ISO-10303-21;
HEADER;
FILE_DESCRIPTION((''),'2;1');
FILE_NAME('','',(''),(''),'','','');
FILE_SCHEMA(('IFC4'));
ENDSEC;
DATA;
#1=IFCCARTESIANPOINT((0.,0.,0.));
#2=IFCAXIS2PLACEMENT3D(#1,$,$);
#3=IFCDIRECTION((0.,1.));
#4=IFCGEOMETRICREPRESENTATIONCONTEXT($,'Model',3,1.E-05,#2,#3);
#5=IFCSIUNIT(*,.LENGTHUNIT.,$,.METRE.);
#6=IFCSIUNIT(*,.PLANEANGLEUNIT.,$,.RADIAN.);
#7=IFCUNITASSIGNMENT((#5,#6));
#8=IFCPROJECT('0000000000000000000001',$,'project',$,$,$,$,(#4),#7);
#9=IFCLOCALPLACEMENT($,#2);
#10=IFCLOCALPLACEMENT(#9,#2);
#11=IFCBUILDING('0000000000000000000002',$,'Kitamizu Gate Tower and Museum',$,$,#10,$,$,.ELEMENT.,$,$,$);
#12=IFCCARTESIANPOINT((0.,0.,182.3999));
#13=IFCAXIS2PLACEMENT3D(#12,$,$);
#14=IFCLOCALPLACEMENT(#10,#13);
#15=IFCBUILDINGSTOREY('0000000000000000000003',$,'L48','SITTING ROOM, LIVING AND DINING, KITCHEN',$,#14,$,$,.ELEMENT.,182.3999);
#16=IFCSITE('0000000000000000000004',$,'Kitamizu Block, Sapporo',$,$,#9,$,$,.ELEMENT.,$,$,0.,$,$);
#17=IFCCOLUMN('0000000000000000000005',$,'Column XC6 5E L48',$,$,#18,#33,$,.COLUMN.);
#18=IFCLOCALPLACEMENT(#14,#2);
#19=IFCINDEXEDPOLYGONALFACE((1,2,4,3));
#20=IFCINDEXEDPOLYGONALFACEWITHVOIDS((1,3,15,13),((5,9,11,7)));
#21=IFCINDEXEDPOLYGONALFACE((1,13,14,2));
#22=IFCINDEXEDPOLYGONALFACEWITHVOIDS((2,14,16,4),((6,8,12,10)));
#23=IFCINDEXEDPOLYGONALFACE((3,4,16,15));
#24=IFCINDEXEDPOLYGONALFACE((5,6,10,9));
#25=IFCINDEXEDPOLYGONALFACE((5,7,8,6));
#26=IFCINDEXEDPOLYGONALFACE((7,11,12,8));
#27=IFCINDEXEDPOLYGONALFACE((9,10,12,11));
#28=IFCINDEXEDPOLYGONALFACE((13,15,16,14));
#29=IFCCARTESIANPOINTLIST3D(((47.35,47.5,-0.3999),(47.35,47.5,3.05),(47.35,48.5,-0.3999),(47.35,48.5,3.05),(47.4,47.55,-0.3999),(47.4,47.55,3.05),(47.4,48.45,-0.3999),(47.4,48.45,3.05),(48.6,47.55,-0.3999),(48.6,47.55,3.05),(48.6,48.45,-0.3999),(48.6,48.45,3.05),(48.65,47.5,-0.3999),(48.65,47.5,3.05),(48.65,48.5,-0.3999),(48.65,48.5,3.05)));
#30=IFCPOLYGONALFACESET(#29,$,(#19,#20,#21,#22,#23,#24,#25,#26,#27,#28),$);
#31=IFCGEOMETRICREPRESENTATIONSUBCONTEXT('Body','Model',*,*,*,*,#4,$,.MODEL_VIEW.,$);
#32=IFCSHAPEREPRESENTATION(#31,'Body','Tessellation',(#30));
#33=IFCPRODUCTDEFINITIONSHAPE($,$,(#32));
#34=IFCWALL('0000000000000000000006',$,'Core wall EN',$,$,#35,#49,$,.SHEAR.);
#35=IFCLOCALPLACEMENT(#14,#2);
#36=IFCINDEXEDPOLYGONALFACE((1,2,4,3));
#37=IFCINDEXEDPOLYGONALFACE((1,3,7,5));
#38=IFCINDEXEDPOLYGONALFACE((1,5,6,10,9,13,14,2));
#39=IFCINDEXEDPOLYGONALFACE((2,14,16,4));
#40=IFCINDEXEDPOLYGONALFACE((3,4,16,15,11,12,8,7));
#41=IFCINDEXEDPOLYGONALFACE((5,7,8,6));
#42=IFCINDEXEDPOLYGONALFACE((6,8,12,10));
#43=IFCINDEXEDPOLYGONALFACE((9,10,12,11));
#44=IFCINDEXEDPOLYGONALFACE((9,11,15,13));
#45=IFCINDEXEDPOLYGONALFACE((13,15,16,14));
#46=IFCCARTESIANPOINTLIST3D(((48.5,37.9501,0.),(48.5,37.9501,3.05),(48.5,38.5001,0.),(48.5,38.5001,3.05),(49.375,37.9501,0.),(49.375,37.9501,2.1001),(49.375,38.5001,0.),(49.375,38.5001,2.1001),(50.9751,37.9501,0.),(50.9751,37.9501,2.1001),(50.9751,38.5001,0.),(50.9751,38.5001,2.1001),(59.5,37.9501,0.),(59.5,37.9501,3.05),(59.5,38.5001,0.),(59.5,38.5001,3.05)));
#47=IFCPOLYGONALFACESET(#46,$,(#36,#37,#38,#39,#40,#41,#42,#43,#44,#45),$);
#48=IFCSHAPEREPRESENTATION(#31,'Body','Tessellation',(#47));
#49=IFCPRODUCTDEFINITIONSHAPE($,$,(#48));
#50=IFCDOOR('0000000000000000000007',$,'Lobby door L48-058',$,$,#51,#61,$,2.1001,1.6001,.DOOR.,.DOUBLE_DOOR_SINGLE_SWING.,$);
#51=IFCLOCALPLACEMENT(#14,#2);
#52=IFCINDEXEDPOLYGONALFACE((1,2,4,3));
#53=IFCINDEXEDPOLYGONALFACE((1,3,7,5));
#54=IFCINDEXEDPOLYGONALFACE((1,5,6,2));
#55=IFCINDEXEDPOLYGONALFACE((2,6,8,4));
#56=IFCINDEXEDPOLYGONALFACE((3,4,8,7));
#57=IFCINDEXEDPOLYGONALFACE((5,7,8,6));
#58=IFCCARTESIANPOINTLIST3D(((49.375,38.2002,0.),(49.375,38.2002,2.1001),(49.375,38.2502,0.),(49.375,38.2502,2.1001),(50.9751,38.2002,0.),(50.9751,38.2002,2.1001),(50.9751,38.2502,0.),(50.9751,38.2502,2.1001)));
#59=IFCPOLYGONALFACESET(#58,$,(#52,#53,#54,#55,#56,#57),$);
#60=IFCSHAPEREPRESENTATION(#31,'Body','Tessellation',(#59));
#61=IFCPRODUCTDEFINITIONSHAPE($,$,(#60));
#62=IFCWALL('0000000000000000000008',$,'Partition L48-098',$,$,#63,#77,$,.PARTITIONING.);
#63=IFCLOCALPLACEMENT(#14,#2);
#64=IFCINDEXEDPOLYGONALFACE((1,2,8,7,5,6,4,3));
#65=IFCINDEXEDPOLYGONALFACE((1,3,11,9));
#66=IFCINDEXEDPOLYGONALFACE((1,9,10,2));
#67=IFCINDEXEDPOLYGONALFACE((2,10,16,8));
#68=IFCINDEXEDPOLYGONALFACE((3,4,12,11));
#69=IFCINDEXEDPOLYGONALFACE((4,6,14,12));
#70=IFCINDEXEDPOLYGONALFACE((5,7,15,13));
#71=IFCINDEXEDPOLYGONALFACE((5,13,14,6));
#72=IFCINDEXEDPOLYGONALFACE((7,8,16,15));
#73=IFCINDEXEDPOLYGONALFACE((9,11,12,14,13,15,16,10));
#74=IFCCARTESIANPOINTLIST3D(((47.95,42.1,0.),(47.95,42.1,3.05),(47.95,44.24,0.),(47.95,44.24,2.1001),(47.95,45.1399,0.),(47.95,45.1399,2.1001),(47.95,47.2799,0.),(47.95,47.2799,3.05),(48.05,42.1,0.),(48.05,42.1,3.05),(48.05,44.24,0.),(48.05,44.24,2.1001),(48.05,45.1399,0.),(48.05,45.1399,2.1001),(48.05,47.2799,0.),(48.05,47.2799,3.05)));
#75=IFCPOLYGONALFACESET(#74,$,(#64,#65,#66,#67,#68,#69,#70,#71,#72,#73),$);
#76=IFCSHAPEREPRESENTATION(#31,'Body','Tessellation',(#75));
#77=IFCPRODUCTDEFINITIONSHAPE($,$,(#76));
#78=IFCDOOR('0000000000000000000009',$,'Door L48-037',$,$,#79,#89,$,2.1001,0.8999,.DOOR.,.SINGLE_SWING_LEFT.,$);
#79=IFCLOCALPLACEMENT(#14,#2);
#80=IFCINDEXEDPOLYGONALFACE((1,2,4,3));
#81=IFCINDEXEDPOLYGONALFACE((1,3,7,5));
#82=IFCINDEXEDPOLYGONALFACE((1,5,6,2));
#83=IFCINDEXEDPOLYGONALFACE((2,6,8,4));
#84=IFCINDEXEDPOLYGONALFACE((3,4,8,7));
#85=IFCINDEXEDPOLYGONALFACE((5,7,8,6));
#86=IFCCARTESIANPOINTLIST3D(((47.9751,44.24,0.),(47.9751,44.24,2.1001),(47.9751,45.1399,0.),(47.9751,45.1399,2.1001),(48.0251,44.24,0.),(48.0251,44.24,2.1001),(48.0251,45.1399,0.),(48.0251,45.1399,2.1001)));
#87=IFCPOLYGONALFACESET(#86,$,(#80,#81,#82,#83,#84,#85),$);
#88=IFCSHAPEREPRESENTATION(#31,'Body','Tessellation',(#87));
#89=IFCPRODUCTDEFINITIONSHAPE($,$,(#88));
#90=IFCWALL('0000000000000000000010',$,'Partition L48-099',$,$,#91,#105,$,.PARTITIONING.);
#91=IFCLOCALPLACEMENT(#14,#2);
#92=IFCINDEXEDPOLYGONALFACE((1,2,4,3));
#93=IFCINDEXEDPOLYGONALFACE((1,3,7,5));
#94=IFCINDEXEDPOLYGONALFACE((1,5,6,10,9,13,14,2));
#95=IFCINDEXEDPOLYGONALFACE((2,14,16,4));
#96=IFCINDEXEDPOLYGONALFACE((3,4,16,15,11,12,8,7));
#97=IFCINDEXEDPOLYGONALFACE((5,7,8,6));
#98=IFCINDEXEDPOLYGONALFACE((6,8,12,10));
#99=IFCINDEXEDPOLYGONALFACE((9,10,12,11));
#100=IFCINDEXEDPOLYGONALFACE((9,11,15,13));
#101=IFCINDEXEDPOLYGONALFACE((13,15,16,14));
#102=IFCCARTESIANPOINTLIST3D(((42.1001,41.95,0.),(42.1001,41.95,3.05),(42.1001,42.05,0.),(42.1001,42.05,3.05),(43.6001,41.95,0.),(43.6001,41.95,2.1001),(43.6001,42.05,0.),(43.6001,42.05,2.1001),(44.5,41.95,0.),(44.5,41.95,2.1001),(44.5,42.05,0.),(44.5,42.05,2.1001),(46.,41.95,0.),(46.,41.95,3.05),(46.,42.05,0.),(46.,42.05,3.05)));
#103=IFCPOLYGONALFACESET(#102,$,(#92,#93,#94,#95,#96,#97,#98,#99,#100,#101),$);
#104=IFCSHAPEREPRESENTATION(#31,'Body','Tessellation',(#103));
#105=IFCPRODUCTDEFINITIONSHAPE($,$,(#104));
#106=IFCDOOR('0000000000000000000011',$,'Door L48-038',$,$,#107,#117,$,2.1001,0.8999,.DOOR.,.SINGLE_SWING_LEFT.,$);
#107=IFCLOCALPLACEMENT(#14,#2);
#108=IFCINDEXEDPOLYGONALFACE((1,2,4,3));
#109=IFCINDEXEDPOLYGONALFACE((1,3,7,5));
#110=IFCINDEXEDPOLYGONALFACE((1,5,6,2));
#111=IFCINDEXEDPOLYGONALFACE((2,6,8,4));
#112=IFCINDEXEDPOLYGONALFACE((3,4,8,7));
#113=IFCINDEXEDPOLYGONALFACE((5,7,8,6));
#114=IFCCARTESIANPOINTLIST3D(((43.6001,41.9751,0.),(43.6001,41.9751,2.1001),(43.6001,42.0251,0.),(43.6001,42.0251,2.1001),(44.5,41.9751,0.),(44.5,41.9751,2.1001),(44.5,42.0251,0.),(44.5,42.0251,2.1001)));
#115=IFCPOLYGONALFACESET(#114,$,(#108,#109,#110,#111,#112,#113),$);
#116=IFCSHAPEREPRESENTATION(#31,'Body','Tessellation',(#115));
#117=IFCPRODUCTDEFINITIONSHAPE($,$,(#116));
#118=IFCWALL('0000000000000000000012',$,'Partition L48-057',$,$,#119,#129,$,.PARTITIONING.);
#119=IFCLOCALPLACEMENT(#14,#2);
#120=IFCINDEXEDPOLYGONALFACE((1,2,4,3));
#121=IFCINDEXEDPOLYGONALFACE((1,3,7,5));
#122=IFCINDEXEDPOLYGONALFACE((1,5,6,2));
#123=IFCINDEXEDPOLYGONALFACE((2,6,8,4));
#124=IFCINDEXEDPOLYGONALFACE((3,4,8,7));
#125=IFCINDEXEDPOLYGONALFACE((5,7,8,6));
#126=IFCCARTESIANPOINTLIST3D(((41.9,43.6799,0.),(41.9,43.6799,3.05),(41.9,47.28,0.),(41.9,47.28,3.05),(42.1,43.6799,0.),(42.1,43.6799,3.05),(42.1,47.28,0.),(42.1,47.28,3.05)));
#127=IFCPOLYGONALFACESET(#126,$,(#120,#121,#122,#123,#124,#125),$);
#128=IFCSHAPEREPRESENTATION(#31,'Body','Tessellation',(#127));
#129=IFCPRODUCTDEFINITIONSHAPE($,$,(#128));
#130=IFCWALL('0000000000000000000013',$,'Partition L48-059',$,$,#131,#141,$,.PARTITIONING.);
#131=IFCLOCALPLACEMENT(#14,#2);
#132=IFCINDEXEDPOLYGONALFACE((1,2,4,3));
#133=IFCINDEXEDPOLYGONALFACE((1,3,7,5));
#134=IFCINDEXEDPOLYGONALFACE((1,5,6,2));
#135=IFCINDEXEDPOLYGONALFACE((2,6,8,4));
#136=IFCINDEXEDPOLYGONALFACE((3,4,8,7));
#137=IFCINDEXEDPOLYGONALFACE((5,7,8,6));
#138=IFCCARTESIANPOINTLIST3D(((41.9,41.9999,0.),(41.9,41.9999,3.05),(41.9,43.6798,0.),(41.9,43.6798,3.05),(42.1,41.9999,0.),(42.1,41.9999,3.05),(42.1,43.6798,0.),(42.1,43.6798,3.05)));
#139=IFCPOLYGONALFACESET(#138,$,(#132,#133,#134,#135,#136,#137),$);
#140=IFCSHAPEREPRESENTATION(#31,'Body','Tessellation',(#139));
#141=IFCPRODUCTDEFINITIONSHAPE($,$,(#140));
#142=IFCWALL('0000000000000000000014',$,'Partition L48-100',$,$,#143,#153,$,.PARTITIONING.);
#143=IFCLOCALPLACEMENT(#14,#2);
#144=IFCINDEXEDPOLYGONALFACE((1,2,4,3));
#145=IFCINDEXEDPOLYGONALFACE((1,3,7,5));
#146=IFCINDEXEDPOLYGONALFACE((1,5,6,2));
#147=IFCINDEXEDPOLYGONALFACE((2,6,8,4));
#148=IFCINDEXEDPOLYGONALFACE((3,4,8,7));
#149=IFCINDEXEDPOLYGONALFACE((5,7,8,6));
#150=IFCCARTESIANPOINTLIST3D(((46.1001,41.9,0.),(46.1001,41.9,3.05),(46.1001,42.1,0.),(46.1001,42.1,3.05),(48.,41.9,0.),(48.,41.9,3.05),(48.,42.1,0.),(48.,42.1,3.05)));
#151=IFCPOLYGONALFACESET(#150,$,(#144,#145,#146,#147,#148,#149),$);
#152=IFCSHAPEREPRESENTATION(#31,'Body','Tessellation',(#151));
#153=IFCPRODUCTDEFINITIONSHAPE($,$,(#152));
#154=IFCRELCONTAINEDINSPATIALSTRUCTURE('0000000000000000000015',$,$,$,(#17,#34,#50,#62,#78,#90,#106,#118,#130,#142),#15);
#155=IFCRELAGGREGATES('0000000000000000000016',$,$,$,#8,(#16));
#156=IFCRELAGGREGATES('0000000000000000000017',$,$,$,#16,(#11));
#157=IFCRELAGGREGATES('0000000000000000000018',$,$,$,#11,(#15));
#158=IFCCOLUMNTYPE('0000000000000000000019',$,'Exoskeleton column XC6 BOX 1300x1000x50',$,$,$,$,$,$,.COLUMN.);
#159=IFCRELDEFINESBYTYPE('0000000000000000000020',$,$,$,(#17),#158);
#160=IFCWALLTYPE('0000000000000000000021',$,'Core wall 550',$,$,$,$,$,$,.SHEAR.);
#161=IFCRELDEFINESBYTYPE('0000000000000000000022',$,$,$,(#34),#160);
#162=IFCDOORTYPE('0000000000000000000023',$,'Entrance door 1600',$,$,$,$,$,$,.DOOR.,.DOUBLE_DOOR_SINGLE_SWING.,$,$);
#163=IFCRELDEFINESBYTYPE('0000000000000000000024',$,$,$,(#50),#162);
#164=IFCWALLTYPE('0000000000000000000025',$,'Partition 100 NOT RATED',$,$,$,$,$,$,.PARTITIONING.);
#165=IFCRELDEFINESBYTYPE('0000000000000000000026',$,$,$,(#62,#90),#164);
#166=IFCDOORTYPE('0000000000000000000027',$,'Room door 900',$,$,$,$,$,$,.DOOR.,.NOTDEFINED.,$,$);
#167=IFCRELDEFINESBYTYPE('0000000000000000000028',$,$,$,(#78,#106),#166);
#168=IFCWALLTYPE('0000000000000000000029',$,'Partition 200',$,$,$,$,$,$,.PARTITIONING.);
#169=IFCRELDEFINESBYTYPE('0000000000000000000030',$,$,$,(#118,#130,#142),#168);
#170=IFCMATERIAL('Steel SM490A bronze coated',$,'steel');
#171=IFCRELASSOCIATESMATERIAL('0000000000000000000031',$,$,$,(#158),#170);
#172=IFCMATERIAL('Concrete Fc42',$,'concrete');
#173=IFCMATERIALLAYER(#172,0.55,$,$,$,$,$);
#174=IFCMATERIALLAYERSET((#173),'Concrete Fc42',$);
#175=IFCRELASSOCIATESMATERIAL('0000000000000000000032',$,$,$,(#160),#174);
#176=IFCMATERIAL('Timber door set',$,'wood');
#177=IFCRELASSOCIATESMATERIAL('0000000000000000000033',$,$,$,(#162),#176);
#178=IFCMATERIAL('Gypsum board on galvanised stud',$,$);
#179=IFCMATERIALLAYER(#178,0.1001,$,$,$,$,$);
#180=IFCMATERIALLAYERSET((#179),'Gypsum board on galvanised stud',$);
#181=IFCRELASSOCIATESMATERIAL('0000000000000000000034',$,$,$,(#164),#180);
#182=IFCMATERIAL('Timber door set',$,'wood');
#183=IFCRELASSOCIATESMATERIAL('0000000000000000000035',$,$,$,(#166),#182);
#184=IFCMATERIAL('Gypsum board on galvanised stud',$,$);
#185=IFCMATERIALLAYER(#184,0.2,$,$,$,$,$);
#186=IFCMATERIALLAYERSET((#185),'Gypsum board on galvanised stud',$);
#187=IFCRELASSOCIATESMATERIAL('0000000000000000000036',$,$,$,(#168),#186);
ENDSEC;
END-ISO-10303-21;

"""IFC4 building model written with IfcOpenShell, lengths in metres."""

from ifc_helpers import new_model, si_unit, direction, frame, frame_2d, origin, origin_2d, place, context, subcontext, project, spatial, rectangle, hollow_rectangle, extrude, material, layer, layer_set, material_profile, profile_set, type_object, element, fill, save


model = new_model("IFC4")

# Units and contexts
model_context = context("Model", 3, precision=1e-05, world=origin(), true_north=direction((0.0, 1.0)))
body_context = subcontext(model_context, "Body", "Model", "MODEL_VIEW")
ifc_project = project(units=[si_unit("LENGTHUNIT", "METRE"), si_unit("PLANEANGLEUNIT", "RADIAN")], contexts=[model_context])

# Site, building, storey
site_placement = place(None, origin())
site = spatial("IfcSite", under=ifc_project, at=site_placement, Name="Kitamizu Block, Sapporo", CompositionType="ELEMENT", RefElevation=0.0)
building_placement = place(site_placement, origin())
building = spatial("IfcBuilding", under=site, at=building_placement, Name="Kitamizu Gate Tower and Museum", CompositionType="ELEMENT")
storey_placement = place(building_placement, frame((0.0, 0.0, 182.3999)))
storey = spatial("IfcBuildingStorey", under=building, at=storey_placement, Name="L48", Description="SITTING ROOM, LIVING AND DINING, KITCHEN", CompositionType="ELEMENT", Elevation=182.3999)

# Column
ifc_material_1 = material(Name="Steel SM490A bronze coated", Category="steel")
ifc_material_profile = material_profile(ifc_material_1, hollow_rectangle(XDim=1.3, YDim=1.0, WallThickness=0.05, at=origin_2d()), Name="BOX 1300x1000x50")
ifc_profile_set = profile_set([ifc_material_profile], Name="Steel SM490A bronze coated")
column_type = type_object("IfcColumnType", Name="Exoskeleton column XC6 BOX 1300x1000x50", PredefinedType="COLUMN", material=ifc_profile_set)
column_placement = place(storey_placement, frame((48.0, 48.0, -0.3999), z_axis=(0.0, 0.0, 1.0), x_axis=(1.0, 0.0, 0.0)))
element("IfcColumn", 1, at=column_placement, inside=storey, type_object=column_type, Name="Column XC6 5E L48", PredefinedType="COLUMN", context=body_context, shape_type="SweptSolid", body=[
    extrude(hollow_rectangle(XDim=1.3, YDim=1.0, WallThickness=0.05, at=origin_2d()), origin(), (0.0, 0.0, 1.0), 3.45),
])

# Walls, openings, doors
ifc_material_2 = material(Name="Concrete Fc42", Category="concrete")
ifc_layer_1 = layer(ifc_material_2, 0.55)
ifc_layer_set_1 = layer_set([ifc_layer_1], Name="Concrete Fc42")
wall_type_1 = type_object("IfcWallType", Name="Core wall 550", PredefinedType="SHEAR", material=ifc_layer_set_1)
wall_1_placement = place(storey_placement, frame((59.5, 38.2251, 0.0), z_axis=(0.0, 0.0, 1.0), x_axis=(-1.0, 0.0, 0.0)))
wall_1 = element("IfcWall", 2, at=wall_1_placement, inside=storey, type_object=wall_type_1, Name="Core wall EN", PredefinedType="SHEAR", context=body_context, shape_type="SweptSolid", body=[
    extrude(rectangle(XDim=11.0, YDim=0.55, at=frame_2d((5.5, 0.0))), origin(), (0.0, 0.0, 1.0), 3.05),
])
opening_1_placement = place(wall_1_placement, frame((8.5249, 0.0, 0.0)))
opening_1 = element("IfcOpeningElement", 3, at=opening_1_placement, cuts=wall_1, PredefinedType="OPENING", context=body_context, shape_type="SweptSolid", body=[
    extrude(rectangle(XDim=1.6001, YDim=2.1001, at=frame_2d((0.8, 1.05))), frame((0.0, 0.2852, 0.0), z_axis=(0.0, -1.0, 0.0), x_axis=(1.0, 0.0, 0.0)), (0.0, 0.0, 1.0), 0.5701),
])
ifc_material_3 = material(Name="Timber door set", Category="wood")
door_type_1 = type_object("IfcDoorType", Name="Entrance door 1600", OperationType="DOUBLE_DOOR_SINGLE_SWING", PredefinedType="DOOR", material=ifc_material_3)
door_1_placement = place(opening_1_placement, origin())
door_1 = element("IfcDoor", 4, at=door_1_placement, inside=storey, type_object=door_type_1, Name="Lobby door L48-058", OperationType="DOUBLE_DOOR_SINGLE_SWING", OverallHeight=2.1001, OverallWidth=1.6001, PredefinedType="DOOR", context=body_context, shape_type="SweptSolid", body=[
    extrude(rectangle(XDim=1.6001, YDim=2.1001, at=frame_2d((0.8, 1.05))), frame((0.0, 0.0249, 0.0), z_axis=(0.0, -1.0, 0.0), x_axis=(1.0, 0.0, 0.0)), (0.0, 0.0, 1.0), 0.05),
])
fill(opening_1, door_1)
ifc_material_4 = material(Name="Gypsum board on galvanised stud")
ifc_layer_2 = layer(ifc_material_4, 0.1001)
ifc_layer_set_2 = layer_set([ifc_layer_2], Name="Gypsum board on galvanised stud")
wall_type_2 = type_object("IfcWallType", Name="Partition 100 NOT RATED", PredefinedType="PARTITIONING", material=ifc_layer_set_2)
wall_2_placement = place(storey_placement, frame((48.0, 42.1001, 0.0), z_axis=(0.0, 0.0, 1.0), x_axis=(0.0, 1.0, 0.0)))
wall_2 = element("IfcWall", 5, at=wall_2_placement, inside=storey, type_object=wall_type_2, Name="Partition L48-098", PredefinedType="PARTITIONING", context=body_context, shape_type="SweptSolid", body=[
    extrude(rectangle(XDim=5.1799, YDim=0.1001, at=frame_2d((2.5898, 0.0))), origin(), (0.0, 0.0, 1.0), 3.05),
])
opening_2_placement = place(wall_2_placement, frame((2.1399, 0.0, 0.0)))
opening_2 = element("IfcOpeningElement", 6, at=opening_2_placement, cuts=wall_2, PredefinedType="OPENING", context=body_context, shape_type="SweptSolid", body=[
    extrude(rectangle(XDim=0.8999, YDim=2.1001, at=frame_2d((0.45, 1.05))), frame((0.0, 0.0601, 0.0), z_axis=(0.0, -1.0, 0.0), x_axis=(1.0, 0.0, 0.0)), (0.0, 0.0, 1.0), 0.1201),
])
ifc_material_5 = material(Name="Timber door set", Category="wood")
door_type_2 = type_object("IfcDoorType", Name="Room door 900", OperationType="NOTDEFINED", PredefinedType="DOOR", material=ifc_material_5)
door_2_placement = place(opening_2_placement, origin())
door_2 = element("IfcDoor", 7, at=door_2_placement, inside=storey, type_object=door_type_2, Name="Door L48-037", OperationType="SINGLE_SWING_LEFT", OverallHeight=2.1001, OverallWidth=0.8999, PredefinedType="DOOR", context=body_context, shape_type="SweptSolid", body=[
    extrude(rectangle(XDim=0.8999, YDim=2.1001, at=frame_2d((0.45, 1.05))), frame((0.0, 0.0249, 0.0), z_axis=(0.0, -1.0, 0.0), x_axis=(1.0, 0.0, 0.0)), (0.0, 0.0, 1.0), 0.05),
])
fill(opening_2, door_2)
wall_3_placement = place(storey_placement, frame((42.1001, 42.0, 0.0), z_axis=(0.0, 0.0, 1.0), x_axis=(1.0, 0.0, 0.0)))
wall_3 = element("IfcWall", 8, at=wall_3_placement, inside=storey, type_object=wall_type_2, Name="Partition L48-099", PredefinedType="PARTITIONING", context=body_context, shape_type="SweptSolid", body=[
    extrude(rectangle(XDim=3.8999, YDim=0.1001, at=frame_2d((1.95, 0.0))), origin(), (0.0, 0.0, 1.0), 3.05),
])
opening_3_placement = place(wall_3_placement, frame((1.5, 0.0, 0.0)))
opening_3 = element("IfcOpeningElement", 9, at=opening_3_placement, cuts=wall_3, PredefinedType="OPENING", context=body_context, shape_type="SweptSolid", body=[
    extrude(rectangle(XDim=0.8999, YDim=2.1001, at=frame_2d((0.45, 1.05))), frame((0.0, 0.0601, 0.0), z_axis=(0.0, -1.0, 0.0), x_axis=(1.0, 0.0, 0.0)), (0.0, 0.0, 1.0), 0.1201),
])
door_3_placement = place(opening_3_placement, frame((0.8999, 0.0, 0.0), x_axis=(-1.0, 0.0, 0.0)))
door_3 = element("IfcDoor", 10, at=door_3_placement, inside=storey, type_object=door_type_2, Name="Door L48-038", OperationType="SINGLE_SWING_LEFT", OverallHeight=2.1001, OverallWidth=0.8999, PredefinedType="DOOR", context=body_context, shape_type="SweptSolid", body=[
    extrude(rectangle(XDim=0.8999, YDim=2.1001, at=frame_2d((0.45, 1.05))), frame((0.0, 0.0249, 0.0), z_axis=(0.0, -1.0, 0.0), x_axis=(1.0, 0.0, 0.0)), (0.0, 0.0, 1.0), 0.05),
])
fill(opening_3, door_3)

# Walls
ifc_material_6 = material(Name="Gypsum board on galvanised stud")
ifc_layer_3 = layer(ifc_material_6, 0.2)
ifc_layer_set_3 = layer_set([ifc_layer_3], Name="Gypsum board on galvanised stud")
wall_type_3 = type_object("IfcWallType", Name="Partition 200", PredefinedType="PARTITIONING", material=ifc_layer_set_3)
wall_4_placement = place(storey_placement, frame((42.0, 43.6799, 0.0), z_axis=(0.0, 0.0, 1.0), x_axis=(0.0, 1.0, 0.0)))
element("IfcWall", 11, at=wall_4_placement, inside=storey, type_object=wall_type_3, Name="Partition L48-057", PredefinedType="PARTITIONING", context=body_context, shape_type="SweptSolid", body=[
    extrude(rectangle(XDim=3.6001, YDim=0.2, at=frame_2d((1.8, 0.0))), origin(), (0.0, 0.0, 1.0), 3.05),
])
wall_5_placement = place(storey_placement, frame((42.0, 42.0, 0.0), z_axis=(0.0, 0.0, 1.0), x_axis=(0.0, 1.0, 0.0)))
element("IfcWall", 12, at=wall_5_placement, inside=storey, type_object=wall_type_3, Name="Partition L48-059", PredefinedType="PARTITIONING", context=body_context, shape_type="SweptSolid", body=[
    extrude(rectangle(XDim=1.6799, YDim=0.2, at=frame_2d((0.8398, 0.0))), origin(), (0.0, 0.0, 1.0), 3.05),
])
wall_6_placement = place(storey_placement, frame((46.1001, 42.0, 0.0), z_axis=(0.0, 0.0, 1.0), x_axis=(1.0, 0.0, 0.0)))
element("IfcWall", 13, at=wall_6_placement, inside=storey, type_object=wall_type_3, Name="Partition L48-100", PredefinedType="PARTITIONING", context=body_context, shape_type="SweptSolid", body=[
    extrude(rectangle(XDim=1.8999, YDim=0.2, at=frame_2d((0.95, 0.0))), origin(), (0.0, 0.0, 1.0), 3.05),
])

save(model, "model.ifc")
